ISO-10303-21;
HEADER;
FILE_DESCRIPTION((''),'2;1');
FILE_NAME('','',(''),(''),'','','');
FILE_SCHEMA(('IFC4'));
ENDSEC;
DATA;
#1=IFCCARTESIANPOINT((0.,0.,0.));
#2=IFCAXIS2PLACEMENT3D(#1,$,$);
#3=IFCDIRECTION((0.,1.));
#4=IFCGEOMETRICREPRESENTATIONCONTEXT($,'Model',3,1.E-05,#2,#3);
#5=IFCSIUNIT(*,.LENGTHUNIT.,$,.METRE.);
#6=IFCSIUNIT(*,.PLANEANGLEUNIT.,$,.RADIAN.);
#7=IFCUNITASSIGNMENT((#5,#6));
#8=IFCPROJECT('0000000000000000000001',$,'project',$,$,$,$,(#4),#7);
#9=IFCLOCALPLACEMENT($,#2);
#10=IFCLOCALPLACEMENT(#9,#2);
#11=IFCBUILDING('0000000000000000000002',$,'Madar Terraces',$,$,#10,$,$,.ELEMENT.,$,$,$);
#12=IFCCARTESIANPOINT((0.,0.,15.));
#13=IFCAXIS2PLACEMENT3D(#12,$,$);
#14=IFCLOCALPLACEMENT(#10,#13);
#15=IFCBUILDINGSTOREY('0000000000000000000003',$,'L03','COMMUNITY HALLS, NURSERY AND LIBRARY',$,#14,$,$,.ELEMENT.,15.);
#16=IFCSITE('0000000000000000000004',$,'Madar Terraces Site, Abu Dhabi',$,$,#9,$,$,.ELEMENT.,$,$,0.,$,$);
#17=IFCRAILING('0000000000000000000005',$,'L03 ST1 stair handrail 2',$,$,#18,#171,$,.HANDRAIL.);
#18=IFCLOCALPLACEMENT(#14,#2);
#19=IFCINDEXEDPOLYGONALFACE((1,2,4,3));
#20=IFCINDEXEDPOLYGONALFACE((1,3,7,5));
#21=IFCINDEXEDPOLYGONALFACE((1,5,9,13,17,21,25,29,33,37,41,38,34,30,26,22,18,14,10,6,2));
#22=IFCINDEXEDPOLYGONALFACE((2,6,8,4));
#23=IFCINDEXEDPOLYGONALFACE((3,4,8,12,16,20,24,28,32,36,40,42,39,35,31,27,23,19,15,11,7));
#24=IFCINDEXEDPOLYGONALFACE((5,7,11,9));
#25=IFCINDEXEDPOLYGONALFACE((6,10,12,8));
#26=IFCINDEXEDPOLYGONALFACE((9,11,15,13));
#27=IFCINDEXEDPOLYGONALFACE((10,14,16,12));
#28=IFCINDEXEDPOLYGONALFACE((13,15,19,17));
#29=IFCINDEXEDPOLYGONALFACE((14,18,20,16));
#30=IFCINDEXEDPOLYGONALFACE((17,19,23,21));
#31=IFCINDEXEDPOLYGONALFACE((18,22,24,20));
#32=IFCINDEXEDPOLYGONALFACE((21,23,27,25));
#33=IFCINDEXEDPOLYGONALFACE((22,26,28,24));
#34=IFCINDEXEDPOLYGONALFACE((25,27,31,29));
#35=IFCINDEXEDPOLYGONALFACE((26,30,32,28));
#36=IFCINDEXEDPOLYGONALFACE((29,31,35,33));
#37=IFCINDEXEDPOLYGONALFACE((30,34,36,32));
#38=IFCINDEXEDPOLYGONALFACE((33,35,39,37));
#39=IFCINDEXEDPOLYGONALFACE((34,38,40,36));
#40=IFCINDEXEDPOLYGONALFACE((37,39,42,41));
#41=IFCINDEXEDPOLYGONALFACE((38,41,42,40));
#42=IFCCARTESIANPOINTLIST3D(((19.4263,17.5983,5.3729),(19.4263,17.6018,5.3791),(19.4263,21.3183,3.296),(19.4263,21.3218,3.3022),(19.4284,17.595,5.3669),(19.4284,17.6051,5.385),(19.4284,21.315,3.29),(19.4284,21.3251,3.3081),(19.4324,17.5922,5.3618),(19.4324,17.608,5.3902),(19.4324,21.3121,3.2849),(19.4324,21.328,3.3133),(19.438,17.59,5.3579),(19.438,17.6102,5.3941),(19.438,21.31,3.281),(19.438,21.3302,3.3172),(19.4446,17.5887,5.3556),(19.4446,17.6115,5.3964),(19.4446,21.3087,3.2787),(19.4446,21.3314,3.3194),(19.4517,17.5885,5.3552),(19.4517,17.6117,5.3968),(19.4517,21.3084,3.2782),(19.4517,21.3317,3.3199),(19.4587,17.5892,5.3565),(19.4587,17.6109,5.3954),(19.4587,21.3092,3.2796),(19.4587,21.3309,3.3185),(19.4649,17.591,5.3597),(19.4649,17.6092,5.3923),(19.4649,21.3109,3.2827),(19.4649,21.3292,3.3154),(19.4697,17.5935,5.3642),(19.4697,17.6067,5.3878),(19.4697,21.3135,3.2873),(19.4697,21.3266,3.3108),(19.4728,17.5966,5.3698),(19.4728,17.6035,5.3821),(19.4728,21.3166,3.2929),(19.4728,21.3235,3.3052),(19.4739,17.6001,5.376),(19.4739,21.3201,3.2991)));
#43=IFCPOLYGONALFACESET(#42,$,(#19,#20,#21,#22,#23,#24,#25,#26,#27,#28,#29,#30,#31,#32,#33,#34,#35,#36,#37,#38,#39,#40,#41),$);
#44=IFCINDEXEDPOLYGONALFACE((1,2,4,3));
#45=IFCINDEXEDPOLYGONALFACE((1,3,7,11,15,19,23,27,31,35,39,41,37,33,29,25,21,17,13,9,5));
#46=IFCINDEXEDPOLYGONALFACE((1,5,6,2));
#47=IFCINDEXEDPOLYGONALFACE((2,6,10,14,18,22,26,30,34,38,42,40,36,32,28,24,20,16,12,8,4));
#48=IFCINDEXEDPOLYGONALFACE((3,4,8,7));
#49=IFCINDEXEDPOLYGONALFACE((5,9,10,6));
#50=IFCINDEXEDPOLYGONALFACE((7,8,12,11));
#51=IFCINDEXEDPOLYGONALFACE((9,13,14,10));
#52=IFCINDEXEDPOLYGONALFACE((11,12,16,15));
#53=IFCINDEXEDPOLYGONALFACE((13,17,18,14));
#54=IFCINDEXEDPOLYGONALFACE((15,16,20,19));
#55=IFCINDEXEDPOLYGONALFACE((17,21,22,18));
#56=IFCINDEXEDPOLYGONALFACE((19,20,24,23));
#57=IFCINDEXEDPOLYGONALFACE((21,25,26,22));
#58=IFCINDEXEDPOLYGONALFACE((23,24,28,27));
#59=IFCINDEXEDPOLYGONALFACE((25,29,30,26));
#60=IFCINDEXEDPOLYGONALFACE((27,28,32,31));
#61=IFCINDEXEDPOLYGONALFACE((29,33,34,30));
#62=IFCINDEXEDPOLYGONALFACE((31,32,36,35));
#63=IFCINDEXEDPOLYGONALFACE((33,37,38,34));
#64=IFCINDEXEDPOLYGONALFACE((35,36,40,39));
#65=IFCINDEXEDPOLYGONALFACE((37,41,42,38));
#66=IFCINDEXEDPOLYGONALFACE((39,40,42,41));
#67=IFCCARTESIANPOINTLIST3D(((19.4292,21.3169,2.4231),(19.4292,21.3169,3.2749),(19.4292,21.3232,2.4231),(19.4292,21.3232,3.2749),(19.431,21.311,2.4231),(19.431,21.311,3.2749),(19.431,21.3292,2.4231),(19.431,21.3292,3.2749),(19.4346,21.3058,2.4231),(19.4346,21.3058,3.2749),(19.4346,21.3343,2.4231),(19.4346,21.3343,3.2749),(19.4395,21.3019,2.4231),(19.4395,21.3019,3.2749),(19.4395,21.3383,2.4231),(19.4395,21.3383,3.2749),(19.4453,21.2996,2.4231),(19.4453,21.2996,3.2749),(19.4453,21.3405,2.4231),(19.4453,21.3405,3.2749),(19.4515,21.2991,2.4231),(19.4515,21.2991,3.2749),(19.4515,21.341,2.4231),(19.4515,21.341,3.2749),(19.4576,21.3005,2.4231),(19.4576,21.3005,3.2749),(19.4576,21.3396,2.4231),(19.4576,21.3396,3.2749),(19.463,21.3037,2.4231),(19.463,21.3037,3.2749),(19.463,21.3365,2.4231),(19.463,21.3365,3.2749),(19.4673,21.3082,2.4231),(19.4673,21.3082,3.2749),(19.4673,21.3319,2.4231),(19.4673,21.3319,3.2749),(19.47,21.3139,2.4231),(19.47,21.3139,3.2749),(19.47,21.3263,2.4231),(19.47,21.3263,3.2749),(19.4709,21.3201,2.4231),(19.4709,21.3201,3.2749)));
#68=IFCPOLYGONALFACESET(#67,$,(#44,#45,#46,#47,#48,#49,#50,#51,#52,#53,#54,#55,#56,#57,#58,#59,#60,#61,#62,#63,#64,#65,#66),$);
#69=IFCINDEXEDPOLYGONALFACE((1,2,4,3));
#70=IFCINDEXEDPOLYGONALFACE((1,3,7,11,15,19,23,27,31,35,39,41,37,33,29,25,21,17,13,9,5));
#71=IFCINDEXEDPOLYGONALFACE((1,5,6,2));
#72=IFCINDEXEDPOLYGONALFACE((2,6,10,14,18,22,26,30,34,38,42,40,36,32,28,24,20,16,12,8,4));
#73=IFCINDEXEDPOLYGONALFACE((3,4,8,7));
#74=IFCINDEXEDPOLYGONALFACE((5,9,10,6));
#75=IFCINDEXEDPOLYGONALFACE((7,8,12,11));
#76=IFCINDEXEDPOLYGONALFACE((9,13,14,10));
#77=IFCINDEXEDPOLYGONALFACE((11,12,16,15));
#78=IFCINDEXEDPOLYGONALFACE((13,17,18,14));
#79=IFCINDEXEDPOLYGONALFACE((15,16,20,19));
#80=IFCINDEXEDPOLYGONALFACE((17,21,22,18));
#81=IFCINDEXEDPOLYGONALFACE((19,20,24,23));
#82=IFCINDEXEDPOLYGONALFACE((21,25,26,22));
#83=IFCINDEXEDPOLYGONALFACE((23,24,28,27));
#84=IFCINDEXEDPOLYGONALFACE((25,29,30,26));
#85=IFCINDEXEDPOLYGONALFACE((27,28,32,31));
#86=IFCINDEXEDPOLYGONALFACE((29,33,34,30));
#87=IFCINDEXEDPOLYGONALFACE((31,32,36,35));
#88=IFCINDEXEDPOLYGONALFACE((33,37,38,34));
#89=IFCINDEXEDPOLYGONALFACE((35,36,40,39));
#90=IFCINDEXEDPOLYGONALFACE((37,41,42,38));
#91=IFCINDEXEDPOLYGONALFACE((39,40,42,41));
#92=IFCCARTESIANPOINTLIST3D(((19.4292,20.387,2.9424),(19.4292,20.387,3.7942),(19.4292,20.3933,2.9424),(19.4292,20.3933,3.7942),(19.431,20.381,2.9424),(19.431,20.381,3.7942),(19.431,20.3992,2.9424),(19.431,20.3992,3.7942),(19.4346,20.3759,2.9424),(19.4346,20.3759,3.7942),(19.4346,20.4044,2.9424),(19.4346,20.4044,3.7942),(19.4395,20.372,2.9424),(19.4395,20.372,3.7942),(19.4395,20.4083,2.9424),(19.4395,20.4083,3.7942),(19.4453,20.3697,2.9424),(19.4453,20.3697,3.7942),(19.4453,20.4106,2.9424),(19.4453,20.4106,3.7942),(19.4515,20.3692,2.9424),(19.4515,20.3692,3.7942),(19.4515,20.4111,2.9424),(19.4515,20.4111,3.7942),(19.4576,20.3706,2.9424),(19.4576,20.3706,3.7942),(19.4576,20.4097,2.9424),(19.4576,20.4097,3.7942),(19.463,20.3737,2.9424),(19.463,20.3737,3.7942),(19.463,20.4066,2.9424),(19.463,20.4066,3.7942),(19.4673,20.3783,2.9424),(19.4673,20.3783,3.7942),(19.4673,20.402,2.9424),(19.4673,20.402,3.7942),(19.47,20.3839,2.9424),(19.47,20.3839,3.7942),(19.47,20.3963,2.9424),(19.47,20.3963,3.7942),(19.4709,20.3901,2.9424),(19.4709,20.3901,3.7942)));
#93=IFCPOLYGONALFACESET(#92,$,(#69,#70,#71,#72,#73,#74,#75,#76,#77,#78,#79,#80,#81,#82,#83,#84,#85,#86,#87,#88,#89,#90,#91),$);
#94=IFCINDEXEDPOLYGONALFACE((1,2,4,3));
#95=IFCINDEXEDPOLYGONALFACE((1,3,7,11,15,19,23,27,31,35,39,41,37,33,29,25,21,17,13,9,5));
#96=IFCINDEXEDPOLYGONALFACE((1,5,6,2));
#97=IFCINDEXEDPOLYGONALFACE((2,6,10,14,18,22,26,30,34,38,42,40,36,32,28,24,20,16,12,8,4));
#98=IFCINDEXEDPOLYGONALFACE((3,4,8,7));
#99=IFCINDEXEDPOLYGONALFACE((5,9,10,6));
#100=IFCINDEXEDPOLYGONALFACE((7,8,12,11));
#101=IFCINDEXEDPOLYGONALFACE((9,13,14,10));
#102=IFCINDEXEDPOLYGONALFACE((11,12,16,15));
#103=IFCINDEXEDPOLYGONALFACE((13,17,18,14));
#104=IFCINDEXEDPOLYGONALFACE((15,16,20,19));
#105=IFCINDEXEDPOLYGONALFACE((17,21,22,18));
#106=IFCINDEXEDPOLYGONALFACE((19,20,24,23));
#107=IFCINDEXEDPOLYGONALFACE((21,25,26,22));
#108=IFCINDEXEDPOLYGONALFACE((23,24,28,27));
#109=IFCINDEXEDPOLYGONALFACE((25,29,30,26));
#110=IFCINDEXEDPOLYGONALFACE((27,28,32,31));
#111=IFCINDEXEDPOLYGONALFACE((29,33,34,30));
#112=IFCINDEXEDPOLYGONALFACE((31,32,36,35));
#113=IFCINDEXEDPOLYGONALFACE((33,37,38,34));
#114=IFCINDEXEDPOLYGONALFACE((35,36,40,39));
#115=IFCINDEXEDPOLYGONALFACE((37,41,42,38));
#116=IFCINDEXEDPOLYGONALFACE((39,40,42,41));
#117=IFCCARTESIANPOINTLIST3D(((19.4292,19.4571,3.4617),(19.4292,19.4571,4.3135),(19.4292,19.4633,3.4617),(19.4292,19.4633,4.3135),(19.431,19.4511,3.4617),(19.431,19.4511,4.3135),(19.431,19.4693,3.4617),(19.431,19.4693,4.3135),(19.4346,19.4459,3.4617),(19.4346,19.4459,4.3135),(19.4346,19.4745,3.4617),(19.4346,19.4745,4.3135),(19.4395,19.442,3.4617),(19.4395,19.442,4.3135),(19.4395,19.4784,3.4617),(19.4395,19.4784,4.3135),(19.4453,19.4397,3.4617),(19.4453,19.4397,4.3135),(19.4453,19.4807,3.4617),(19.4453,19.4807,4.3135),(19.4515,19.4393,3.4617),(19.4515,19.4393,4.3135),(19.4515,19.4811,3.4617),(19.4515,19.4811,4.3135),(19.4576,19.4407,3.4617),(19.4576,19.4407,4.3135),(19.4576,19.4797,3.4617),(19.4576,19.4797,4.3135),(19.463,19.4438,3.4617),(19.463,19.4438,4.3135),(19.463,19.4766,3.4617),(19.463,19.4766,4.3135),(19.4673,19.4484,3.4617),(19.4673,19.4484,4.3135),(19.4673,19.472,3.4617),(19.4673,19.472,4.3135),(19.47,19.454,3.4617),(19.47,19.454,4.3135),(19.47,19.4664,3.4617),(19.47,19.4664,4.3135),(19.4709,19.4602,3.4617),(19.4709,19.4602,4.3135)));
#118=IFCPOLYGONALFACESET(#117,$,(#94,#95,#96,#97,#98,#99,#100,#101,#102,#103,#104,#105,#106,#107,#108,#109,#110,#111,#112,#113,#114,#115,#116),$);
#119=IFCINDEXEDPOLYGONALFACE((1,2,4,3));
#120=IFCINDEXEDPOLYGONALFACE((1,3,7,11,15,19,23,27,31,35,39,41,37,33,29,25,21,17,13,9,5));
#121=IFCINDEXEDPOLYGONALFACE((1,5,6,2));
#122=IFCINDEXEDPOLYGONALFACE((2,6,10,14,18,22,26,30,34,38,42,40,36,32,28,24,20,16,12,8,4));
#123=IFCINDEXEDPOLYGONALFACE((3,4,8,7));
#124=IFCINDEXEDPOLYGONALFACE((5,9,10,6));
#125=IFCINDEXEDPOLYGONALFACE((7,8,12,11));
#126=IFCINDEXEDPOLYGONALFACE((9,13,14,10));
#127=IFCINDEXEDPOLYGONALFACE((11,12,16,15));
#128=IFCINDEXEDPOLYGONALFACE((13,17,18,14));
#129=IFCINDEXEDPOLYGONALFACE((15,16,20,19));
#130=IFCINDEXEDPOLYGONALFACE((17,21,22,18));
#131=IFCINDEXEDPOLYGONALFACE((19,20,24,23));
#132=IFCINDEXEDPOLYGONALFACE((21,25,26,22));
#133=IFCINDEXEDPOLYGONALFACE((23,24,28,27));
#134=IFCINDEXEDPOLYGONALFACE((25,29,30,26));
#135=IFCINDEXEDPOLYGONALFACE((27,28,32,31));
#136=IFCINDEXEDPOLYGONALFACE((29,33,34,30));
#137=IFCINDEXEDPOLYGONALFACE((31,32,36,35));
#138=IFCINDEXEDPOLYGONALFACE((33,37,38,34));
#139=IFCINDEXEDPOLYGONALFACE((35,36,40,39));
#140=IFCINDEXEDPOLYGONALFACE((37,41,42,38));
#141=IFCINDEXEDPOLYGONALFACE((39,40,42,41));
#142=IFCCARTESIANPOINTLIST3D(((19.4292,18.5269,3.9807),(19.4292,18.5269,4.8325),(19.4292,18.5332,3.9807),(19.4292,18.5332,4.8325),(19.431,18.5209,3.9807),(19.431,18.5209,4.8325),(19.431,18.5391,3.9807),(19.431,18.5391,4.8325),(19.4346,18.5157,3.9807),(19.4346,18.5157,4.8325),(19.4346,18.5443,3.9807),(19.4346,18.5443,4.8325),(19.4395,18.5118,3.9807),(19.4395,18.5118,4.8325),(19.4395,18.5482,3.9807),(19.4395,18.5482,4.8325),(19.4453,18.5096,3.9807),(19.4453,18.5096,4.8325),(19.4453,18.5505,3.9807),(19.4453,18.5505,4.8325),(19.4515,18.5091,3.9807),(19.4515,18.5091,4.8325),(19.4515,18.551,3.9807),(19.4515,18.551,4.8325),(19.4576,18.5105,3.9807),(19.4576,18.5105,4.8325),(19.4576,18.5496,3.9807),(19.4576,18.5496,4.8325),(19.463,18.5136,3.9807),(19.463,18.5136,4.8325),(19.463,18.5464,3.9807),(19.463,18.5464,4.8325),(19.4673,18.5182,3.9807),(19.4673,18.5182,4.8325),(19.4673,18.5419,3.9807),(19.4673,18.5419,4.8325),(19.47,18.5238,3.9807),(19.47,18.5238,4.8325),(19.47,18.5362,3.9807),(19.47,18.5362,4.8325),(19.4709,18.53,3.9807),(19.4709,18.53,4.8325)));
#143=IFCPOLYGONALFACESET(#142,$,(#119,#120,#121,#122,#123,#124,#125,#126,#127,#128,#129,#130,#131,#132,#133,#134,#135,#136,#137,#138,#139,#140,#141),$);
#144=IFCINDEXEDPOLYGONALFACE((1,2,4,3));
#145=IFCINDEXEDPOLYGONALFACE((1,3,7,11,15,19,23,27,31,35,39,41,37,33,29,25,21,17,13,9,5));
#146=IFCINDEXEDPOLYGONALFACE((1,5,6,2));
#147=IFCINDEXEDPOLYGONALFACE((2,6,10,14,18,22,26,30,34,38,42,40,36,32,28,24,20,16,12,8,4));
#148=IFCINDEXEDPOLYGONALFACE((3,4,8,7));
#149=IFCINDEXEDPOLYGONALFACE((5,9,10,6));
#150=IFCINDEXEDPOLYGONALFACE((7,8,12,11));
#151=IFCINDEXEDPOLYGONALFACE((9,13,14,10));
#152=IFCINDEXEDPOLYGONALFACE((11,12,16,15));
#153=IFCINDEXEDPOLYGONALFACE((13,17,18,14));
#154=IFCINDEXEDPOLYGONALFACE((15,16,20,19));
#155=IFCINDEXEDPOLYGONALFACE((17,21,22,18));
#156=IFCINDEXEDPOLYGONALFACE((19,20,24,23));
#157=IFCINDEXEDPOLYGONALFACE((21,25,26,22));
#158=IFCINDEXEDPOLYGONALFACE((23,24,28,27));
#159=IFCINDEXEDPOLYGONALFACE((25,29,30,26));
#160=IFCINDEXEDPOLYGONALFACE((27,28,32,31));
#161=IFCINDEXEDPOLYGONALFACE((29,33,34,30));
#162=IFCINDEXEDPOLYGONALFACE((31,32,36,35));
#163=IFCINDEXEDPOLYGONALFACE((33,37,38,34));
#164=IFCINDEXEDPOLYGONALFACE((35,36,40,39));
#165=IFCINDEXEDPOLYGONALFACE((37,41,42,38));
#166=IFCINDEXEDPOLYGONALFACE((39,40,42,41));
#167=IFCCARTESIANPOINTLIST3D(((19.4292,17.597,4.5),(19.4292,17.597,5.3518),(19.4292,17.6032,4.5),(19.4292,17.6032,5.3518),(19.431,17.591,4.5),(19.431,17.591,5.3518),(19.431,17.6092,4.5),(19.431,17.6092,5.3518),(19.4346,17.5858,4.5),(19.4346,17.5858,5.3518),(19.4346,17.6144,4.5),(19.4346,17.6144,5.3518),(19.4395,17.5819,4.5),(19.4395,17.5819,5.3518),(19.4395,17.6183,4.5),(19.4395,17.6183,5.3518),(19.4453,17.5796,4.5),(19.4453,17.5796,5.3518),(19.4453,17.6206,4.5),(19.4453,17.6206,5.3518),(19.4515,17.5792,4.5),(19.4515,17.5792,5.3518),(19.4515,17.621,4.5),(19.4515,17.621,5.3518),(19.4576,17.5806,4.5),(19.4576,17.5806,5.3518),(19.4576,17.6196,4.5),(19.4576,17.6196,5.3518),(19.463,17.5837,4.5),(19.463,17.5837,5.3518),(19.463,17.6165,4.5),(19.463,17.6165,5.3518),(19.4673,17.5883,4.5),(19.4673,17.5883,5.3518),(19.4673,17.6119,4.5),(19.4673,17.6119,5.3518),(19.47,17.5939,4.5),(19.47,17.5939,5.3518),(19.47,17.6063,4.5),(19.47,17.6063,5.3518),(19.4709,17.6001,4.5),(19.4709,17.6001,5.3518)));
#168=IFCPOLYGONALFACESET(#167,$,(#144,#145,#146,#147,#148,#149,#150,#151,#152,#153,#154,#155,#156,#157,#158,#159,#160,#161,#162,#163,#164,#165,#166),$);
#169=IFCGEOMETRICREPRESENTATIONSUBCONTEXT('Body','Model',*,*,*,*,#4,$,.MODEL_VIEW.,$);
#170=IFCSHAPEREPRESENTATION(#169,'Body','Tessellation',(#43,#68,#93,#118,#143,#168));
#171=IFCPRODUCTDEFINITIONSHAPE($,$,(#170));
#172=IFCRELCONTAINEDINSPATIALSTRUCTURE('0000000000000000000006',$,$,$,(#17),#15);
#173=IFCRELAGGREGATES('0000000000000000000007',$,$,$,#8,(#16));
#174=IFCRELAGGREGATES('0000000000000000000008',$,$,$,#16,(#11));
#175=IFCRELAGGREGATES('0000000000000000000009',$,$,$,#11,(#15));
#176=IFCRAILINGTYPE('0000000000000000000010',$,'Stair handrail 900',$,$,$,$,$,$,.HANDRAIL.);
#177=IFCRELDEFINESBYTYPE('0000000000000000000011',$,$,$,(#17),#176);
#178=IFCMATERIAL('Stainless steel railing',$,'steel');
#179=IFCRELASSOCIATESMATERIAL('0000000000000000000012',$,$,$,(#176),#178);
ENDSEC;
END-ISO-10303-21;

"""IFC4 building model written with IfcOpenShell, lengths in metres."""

from ifc_helpers import new_model, si_unit, direction, frame, origin, origin_2d, place, context, subcontext, project, spatial, circle, extrude, material, type_object, element, save


model = new_model("IFC4")

# Units and contexts
model_context = context("Model", 3, precision=1e-05, world=origin(), true_north=direction((0.0, 1.0)))
body_context = subcontext(model_context, "Body", "Model", "MODEL_VIEW")
ifc_project = project(units=[si_unit("LENGTHUNIT", "METRE"), si_unit("PLANEANGLEUNIT", "RADIAN")], contexts=[model_context])

# Site, building, storey
site_placement = place(None, origin())
site = spatial("IfcSite", under=ifc_project, at=site_placement, Name="Madar Terraces Site, Abu Dhabi", CompositionType="ELEMENT", RefElevation=0.0)
building_placement = place(site_placement, origin())
building = spatial("IfcBuilding", under=site, at=building_placement, Name="Madar Terraces", CompositionType="ELEMENT")
storey_placement = place(building_placement, frame((0.0, 0.0, 15.0)))
storey = spatial("IfcBuildingStorey", under=building, at=storey_placement, Name="L03", Description="COMMUNITY HALLS, NURSERY AND LIBRARY", CompositionType="ELEMENT", Elevation=15.0)

# Railing
ifc_material_1 = material(Name="Stainless steel railing", Category="steel")
railing_type_1 = type_object("IfcRailingType", Name="Stair handrail 900", PredefinedType="HANDRAIL", material=ifc_material_1)
railing_1_placement = place(storey_placement, frame((19.45, 21.3201, 2.4231)))
element("IfcRailing", 1, at=railing_1_placement, inside=storey, type_object=railing_type_1, Name="L03 ST1 stair handrail 2", PredefinedType="HANDRAIL", context=body_context, shape_type="SweptSolid", body=[
    extrude(circle(Radius=0.0239, at=origin_2d()), frame((0.0, 0.0, 0.876), z_axis=(0.0, -0.873134, 0.487481), x_axis=(1.0, 0.0, 0.0)), (0.0, 0.0, 1.0), 4.2605),
    extrude(circle(Radius=0.021, at=origin_2d()), origin(), (0.0, 0.0, 1.0), 0.8518),
    extrude(circle(Radius=0.021, at=origin_2d()), frame((0.0, -0.9299, 0.5193)), (0.0, 0.0, 1.0), 0.8518),
    extrude(circle(Radius=0.021, at=origin_2d()), frame((0.0, -1.8599, 1.0386)), (0.0, 0.0, 1.0), 0.8518),
    extrude(circle(Radius=0.021, at=origin_2d()), frame((0.0, -2.79, 1.5576)), (0.0, 0.0, 1.0), 0.8518),
    extrude(circle(Radius=0.021, at=origin_2d()), frame((0.0, -3.72, 2.0769)), (0.0, 0.0, 1.0), 0.8518),
])

save(model, "model.ifc")
